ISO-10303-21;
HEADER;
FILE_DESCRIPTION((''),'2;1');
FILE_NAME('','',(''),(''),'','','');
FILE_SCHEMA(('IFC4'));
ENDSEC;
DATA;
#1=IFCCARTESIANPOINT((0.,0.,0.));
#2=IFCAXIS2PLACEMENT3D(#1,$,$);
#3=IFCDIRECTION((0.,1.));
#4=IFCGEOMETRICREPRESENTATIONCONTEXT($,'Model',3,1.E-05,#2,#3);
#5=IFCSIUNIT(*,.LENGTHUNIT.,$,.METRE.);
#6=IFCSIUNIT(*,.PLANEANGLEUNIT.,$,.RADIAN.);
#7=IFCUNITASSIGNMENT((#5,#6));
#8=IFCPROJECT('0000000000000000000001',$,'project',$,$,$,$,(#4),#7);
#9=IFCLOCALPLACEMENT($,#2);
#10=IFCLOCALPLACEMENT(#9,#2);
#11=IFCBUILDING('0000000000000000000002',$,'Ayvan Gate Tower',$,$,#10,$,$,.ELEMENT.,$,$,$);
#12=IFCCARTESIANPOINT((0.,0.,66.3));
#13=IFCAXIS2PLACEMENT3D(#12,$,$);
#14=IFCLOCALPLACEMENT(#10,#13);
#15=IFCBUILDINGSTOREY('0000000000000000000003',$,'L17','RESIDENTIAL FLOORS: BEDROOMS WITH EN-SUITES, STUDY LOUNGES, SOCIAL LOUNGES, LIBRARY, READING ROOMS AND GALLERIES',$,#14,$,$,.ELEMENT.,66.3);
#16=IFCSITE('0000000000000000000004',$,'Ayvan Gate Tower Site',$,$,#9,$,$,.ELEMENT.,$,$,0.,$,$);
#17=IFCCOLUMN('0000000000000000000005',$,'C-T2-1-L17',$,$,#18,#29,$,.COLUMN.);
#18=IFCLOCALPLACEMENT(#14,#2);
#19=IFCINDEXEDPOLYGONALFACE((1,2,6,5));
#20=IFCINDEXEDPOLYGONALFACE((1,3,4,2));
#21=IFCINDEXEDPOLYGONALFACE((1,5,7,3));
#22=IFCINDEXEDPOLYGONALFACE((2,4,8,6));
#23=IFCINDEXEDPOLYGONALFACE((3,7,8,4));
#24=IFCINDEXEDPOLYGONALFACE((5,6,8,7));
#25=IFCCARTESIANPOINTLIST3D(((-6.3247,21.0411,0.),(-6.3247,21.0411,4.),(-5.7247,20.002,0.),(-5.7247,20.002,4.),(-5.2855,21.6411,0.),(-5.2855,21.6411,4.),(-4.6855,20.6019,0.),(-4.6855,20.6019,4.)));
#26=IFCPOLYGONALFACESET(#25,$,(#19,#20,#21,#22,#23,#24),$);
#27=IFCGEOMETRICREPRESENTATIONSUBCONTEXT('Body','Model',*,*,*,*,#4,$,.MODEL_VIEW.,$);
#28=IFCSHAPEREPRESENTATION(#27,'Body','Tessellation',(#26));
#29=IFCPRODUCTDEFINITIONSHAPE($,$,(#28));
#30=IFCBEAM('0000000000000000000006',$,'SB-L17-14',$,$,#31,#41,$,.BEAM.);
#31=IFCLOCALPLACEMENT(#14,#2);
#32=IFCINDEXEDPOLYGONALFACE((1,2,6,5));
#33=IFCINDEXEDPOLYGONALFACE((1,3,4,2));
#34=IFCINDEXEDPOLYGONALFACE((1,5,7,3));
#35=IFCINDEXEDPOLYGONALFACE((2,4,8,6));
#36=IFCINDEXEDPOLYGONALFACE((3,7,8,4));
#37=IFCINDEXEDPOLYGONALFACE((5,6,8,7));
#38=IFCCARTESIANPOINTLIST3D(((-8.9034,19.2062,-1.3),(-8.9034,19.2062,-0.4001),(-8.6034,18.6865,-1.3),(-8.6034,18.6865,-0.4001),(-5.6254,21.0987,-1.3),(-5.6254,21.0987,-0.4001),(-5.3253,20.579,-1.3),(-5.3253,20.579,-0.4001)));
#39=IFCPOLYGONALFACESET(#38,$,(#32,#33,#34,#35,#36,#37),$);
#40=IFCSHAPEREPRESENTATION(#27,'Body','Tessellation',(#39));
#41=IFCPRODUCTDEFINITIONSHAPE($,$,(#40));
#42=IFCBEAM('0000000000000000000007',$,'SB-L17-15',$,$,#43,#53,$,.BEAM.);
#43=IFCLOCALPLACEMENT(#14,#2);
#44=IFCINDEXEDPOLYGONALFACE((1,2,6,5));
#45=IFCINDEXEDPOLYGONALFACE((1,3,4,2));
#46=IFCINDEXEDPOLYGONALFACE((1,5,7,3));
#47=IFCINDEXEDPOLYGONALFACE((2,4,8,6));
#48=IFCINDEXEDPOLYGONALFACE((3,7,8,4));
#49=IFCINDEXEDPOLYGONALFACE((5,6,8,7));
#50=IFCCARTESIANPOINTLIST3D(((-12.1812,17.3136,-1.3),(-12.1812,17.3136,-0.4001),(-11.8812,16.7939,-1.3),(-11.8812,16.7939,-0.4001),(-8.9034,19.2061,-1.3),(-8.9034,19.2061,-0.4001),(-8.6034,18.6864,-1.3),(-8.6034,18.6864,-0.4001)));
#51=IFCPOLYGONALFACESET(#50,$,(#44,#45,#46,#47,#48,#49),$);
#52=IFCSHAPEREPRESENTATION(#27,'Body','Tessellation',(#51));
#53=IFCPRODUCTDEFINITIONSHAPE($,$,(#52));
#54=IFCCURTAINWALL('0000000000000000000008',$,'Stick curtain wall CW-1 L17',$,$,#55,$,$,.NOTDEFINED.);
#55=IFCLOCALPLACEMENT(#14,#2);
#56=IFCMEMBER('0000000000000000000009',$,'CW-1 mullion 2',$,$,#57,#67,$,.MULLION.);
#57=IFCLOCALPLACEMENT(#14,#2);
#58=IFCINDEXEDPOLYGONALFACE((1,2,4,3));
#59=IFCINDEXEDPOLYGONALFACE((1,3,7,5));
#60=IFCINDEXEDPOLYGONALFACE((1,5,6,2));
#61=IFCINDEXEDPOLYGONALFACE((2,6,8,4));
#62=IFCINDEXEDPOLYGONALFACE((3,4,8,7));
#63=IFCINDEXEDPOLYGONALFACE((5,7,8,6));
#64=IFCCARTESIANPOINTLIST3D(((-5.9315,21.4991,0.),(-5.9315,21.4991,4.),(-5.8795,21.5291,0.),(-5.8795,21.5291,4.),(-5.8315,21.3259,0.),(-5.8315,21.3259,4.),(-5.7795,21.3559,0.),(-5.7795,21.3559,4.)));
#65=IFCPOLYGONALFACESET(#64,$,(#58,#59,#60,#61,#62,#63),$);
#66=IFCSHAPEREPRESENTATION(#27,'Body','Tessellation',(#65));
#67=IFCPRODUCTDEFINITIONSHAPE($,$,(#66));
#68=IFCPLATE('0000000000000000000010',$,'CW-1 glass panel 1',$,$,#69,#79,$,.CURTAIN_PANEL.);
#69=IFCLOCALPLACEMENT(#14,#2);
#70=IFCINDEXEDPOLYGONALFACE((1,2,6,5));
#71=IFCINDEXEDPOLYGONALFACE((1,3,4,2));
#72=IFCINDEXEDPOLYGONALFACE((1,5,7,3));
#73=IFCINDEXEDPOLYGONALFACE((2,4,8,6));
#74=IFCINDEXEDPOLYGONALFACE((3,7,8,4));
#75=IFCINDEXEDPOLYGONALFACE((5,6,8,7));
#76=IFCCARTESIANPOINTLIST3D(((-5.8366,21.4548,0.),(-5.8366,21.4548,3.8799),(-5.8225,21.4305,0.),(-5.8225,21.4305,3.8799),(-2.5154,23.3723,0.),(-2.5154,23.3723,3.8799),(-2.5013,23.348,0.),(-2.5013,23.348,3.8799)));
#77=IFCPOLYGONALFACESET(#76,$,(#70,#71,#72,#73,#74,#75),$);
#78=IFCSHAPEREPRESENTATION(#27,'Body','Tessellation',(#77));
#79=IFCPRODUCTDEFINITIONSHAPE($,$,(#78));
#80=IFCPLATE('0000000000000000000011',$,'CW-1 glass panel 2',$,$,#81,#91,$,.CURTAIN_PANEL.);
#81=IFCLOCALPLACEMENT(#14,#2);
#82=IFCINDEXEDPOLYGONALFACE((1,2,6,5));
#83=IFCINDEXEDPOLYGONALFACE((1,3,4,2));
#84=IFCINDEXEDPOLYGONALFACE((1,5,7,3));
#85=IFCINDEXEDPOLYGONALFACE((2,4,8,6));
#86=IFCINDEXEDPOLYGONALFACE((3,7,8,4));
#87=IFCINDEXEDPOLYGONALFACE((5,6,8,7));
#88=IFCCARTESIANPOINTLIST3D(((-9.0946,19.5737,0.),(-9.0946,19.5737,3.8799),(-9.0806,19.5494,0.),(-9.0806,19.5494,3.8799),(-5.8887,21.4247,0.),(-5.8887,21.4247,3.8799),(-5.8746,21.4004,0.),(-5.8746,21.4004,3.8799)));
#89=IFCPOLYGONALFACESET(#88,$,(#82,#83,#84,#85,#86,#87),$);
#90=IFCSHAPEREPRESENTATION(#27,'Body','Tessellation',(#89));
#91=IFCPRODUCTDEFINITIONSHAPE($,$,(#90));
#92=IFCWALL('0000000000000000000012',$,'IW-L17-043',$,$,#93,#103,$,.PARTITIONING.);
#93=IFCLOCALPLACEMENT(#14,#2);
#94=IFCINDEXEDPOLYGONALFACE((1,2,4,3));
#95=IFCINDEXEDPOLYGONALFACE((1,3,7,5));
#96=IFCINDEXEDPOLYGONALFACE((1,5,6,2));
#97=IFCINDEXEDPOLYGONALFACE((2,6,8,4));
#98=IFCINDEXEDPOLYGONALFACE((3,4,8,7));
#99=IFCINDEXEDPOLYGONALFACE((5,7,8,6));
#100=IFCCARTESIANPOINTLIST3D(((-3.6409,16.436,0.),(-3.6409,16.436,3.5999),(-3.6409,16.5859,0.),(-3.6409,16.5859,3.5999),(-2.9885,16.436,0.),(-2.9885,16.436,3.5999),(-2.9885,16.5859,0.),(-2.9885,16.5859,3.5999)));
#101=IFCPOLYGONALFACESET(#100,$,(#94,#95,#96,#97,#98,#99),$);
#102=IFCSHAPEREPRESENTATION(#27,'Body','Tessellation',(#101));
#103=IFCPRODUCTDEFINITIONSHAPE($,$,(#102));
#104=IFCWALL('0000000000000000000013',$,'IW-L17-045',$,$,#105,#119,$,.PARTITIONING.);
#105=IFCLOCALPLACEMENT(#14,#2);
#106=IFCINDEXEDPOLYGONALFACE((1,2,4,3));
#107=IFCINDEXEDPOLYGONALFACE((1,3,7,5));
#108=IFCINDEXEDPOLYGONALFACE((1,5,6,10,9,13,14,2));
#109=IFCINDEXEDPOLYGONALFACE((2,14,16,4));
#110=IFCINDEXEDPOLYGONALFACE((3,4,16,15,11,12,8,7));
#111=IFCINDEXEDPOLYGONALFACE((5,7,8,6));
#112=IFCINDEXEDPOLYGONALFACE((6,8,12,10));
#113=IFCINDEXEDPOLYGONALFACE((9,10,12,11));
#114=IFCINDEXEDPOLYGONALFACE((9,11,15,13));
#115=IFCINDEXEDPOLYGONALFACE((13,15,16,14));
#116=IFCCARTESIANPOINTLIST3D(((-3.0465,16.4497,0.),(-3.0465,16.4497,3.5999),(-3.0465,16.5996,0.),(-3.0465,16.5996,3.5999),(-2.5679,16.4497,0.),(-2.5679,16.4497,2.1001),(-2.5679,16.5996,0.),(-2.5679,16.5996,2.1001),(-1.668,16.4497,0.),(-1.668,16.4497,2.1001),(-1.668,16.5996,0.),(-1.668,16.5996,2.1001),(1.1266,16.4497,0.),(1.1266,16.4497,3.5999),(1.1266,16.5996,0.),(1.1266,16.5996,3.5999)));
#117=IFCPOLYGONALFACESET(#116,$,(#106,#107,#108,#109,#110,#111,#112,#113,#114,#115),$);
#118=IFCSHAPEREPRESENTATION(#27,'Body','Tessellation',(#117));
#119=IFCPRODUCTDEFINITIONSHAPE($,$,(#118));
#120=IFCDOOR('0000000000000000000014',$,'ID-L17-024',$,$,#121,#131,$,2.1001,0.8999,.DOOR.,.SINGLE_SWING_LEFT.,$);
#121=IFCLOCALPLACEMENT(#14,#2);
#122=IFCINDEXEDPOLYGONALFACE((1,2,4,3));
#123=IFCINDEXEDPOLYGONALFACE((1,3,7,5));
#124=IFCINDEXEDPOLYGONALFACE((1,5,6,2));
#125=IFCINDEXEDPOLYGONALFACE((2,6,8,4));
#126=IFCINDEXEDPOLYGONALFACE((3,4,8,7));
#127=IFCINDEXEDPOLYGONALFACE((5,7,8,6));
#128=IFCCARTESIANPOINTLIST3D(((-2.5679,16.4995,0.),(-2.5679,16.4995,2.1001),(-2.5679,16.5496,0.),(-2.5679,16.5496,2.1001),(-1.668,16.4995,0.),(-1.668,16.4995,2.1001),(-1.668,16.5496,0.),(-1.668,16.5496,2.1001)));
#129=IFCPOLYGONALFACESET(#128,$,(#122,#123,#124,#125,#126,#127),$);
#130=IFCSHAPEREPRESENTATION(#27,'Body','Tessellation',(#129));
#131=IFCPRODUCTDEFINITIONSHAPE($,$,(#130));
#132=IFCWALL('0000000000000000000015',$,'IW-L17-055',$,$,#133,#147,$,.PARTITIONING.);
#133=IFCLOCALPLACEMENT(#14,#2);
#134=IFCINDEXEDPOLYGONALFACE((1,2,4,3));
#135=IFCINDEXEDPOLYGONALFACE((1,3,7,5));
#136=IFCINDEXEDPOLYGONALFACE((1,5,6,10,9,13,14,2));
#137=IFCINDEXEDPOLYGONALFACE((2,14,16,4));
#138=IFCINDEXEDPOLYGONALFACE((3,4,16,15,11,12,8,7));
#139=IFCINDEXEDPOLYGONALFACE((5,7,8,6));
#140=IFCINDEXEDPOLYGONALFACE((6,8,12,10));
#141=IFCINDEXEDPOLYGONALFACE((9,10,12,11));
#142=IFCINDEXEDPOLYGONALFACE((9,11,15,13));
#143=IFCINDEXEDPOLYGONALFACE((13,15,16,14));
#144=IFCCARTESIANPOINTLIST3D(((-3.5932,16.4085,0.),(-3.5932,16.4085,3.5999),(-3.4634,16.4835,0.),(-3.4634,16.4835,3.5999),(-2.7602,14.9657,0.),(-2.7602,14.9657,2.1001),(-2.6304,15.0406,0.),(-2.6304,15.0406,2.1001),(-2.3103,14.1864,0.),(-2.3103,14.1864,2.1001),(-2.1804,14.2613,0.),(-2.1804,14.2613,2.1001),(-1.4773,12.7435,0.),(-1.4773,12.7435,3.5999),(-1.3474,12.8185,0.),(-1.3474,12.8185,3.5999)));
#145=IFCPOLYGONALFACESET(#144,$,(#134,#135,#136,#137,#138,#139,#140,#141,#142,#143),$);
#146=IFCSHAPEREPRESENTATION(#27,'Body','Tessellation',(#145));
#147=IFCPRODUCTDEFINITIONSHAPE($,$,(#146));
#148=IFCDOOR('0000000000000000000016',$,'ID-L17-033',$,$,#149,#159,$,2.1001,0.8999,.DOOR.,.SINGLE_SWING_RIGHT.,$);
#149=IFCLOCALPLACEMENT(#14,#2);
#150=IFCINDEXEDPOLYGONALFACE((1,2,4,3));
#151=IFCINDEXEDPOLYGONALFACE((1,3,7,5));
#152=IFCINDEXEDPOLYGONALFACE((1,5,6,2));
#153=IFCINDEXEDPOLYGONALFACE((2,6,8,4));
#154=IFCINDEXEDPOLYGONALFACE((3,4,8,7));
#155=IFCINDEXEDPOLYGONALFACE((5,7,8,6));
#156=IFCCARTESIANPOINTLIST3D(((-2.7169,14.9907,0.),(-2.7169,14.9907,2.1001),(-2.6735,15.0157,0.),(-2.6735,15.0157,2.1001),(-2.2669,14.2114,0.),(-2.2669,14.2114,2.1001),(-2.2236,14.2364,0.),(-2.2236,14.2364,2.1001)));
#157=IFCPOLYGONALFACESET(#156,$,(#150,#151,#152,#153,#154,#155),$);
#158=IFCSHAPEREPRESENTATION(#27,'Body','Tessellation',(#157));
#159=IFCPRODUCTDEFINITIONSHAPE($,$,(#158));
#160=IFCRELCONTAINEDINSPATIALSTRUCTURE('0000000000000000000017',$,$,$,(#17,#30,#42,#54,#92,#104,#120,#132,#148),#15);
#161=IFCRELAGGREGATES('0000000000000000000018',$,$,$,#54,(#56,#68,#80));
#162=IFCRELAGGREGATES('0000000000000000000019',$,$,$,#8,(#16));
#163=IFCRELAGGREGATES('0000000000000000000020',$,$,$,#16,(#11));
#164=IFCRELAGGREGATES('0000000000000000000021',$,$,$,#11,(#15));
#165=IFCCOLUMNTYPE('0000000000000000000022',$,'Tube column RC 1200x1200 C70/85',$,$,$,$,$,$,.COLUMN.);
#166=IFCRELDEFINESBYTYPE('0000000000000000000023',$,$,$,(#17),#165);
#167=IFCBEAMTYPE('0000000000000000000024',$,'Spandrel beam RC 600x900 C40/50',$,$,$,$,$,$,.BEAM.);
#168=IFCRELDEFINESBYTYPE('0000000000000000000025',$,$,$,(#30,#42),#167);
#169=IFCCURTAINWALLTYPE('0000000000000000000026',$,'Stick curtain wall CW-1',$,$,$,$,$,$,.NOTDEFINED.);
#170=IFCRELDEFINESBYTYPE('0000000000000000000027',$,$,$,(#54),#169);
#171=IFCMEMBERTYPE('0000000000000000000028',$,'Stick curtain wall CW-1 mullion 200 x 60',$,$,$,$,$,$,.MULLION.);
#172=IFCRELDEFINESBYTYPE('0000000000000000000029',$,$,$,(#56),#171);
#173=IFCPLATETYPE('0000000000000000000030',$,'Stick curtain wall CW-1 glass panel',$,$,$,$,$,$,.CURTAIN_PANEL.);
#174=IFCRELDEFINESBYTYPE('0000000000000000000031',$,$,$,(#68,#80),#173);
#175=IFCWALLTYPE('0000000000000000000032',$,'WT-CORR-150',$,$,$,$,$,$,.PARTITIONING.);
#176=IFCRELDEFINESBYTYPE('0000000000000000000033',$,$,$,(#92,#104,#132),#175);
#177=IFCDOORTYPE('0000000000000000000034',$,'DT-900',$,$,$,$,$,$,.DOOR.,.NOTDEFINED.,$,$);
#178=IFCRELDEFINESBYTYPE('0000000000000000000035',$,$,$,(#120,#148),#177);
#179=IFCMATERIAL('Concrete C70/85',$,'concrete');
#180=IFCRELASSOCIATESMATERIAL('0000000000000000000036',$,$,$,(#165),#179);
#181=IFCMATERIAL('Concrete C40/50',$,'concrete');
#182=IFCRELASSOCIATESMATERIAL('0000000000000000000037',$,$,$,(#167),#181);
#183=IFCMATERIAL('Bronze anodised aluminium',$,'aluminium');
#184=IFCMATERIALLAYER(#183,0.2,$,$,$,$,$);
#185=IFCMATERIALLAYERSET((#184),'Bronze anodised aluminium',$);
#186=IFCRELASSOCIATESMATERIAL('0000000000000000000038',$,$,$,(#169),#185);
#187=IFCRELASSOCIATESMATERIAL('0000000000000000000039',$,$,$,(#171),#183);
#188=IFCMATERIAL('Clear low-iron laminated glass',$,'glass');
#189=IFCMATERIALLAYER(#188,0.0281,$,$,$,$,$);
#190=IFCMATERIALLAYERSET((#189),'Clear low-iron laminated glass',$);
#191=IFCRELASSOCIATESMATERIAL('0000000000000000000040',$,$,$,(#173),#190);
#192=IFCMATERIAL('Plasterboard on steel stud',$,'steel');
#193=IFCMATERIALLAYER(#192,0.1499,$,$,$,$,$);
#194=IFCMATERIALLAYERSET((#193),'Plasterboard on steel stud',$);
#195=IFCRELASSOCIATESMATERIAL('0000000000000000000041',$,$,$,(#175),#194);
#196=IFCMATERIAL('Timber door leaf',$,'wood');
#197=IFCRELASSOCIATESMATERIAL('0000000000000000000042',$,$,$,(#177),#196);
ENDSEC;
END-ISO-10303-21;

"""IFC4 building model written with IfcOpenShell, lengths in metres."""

from ifc_helpers import new_model, si_unit, direction, frame, frame_2d, origin, origin_2d, place, context, subcontext, project, spatial, rectangle, extrude, material, layer, layer_set, material_profile, profile_set, type_object, element, fill, aggregate, save


model = new_model("IFC4")

# Units and contexts
model_context = context("Model", 3, precision=1e-05, world=origin(), true_north=direction((0.0, 1.0)))
body_context = subcontext(model_context, "Body", "Model", "MODEL_VIEW")
ifc_project = project(units=[si_unit("LENGTHUNIT", "METRE"), si_unit("PLANEANGLEUNIT", "RADIAN")], contexts=[model_context])

# Site, building, storey
site_placement = place(None, origin())
site = spatial("IfcSite", under=ifc_project, at=site_placement, Name="Ayvan Gate Tower Site", CompositionType="ELEMENT", RefElevation=0.0)
building_placement = place(site_placement, origin())
building = spatial("IfcBuilding", under=site, at=building_placement, Name="Ayvan Gate Tower", CompositionType="ELEMENT")
storey_placement = place(building_placement, frame((0.0, 0.0, 66.3)))
storey = spatial("IfcBuildingStorey", under=building, at=storey_placement, Name="L17", Description="RESIDENTIAL FLOORS: BEDROOMS WITH EN-SUITES, STUDY LOUNGES, SOCIAL LOUNGES, LIBRARY, READING ROOMS AND GALLERIES", CompositionType="ELEMENT", Elevation=66.3)

# Column
ifc_material_1 = material(Name="Concrete C70/85", Category="concrete")
ifc_material_profile_1 = material_profile(ifc_material_1, rectangle(XDim=1.2, YDim=1.2, at=origin_2d()), Name="RC 1200x1200")
ifc_profile_set_1 = profile_set([ifc_material_profile_1], Name="Concrete C70/85")
column_type = type_object("IfcColumnType", Name="Tube column RC 1200x1200 C70/85", PredefinedType="COLUMN", material=ifc_profile_set_1)
column_placement = place(storey_placement, frame((-5.5051, 20.8215, 0.0), z_axis=(0.0, 0.0, 1.0), x_axis=(-0.5, 0.866025, 0.0)))
element("IfcColumn", 1, at=column_placement, inside=storey, type_object=column_type, Name="C-T2-1-L17", PredefinedType="COLUMN", context=body_context, shape_type="SweptSolid", body=[
    extrude(rectangle(XDim=1.2, YDim=1.2, at=origin_2d()), origin(), (0.0, 0.0, 1.0), 4.0),
])

# Beams
ifc_material_2 = material(Name="Concrete C40/50", Category="concrete")
ifc_material_profile_2 = material_profile(ifc_material_2, rectangle(XDim=0.6001, YDim=0.8999, at=origin_2d()), Name="RC 600x900")
ifc_profile_set_2 = profile_set([ifc_material_profile_2], Name="Concrete C40/50")
beam_type = type_object("IfcBeamType", Name="Spandrel beam RC 600x900 C40/50", PredefinedType="BEAM", material=ifc_profile_set_2)
beam_1_placement = place(storey_placement, frame((-5.4753, 20.8389, -0.8501), z_axis=(-0.866028, -0.499996, 0.0), x_axis=(0.499996, -0.866028, 0.0)))
element("IfcBeam", 2, at=beam_1_placement, inside=storey, type_object=beam_type, Name="SB-L17-14", PredefinedType="BEAM", context=body_context, shape_type="SweptSolid", body=[
    extrude(rectangle(XDim=0.6001, YDim=0.8999, at=origin_2d()), origin(), (0.0, 0.0, 1.0), 3.7852),
])
beam_2_placement = place(storey_placement, frame((-8.7534, 18.9463, -0.8501), z_axis=(-0.866012, -0.500024, 0.0), x_axis=(0.500024, -0.866012, 0.0)))
element("IfcBeam", 3, at=beam_2_placement, inside=storey, type_object=beam_type, Name="SB-L17-15", PredefinedType="BEAM", context=body_context, shape_type="SweptSolid", body=[
    extrude(rectangle(XDim=0.6001, YDim=0.8999, at=origin_2d()), origin(), (0.0, 0.0, 1.0), 3.7849),
])

# Curtain wall, member, plates
ifc_material_3 = material(Name="Bronze anodised aluminium", Category="aluminium")
ifc_layer_1 = layer(ifc_material_3, 0.2)
ifc_layer_set_1 = layer_set([ifc_layer_1], Name="Bronze anodised aluminium")
curtain_wall_type = type_object("IfcCurtainWallType", Name="Stick curtain wall CW-1", PredefinedType="NOTDEFINED", material=ifc_layer_set_1)
curtain_wall_placement = place(storey_placement, origin())
curtain_wall = element("IfcCurtainWall", 4, at=curtain_wall_placement, inside=storey, type_object=curtain_wall_type, Name="Stick curtain wall CW-1 L17", PredefinedType="NOTDEFINED")
ifc_material_profile_3 = material_profile(ifc_material_3, rectangle(XDim=0.2, YDim=0.0601, at=origin_2d()), Name="Stick curtain wall CW-1 mullion 200 x 60")
ifc_profile_set_3 = profile_set([ifc_material_profile_3], Name="Bronze anodised aluminium")
member_type = type_object("IfcMemberType", Name="Stick curtain wall CW-1 mullion 200 x 60", PredefinedType="MULLION", material=ifc_profile_set_3)
member_placement = place(storey_placement, frame((-5.8555, 21.4275, 0.0), z_axis=(0.0, 0.0, 1.0), x_axis=(-0.5, 0.866025, 0.0)))
member = element("IfcMember", 5, at=member_placement, type_object=member_type, Name="CW-1 mullion 2", PredefinedType="MULLION", context=body_context, shape_type="SweptSolid", body=[
    extrude(rectangle(XDim=0.2, YDim=0.0601, at=origin_2d()), origin(), (0.0, 0.0, 1.0), 4.0),
])
ifc_material_4 = material(Name="Clear low-iron laminated glass", Category="glass")
ifc_layer_2 = layer(ifc_material_4, 0.0281)
ifc_layer_set_2 = layer_set([ifc_layer_2], Name="Clear low-iron laminated glass")
plate_type = type_object("IfcPlateType", Name="Stick curtain wall CW-1 glass panel", PredefinedType="CURTAIN_PANEL", material=ifc_layer_set_2)
plate_1_placement = place(storey_placement, frame((-4.1689, 22.4014, 0.0), z_axis=(0.0, 0.0, 1.0), x_axis=(-0.866025, -0.5, 0.0)))
plate_1 = element("IfcPlate", 6, at=plate_1_placement, type_object=plate_type, Name="CW-1 glass panel 1", PredefinedType="CURTAIN_PANEL", context=body_context, shape_type="SweptSolid", body=[
    extrude(rectangle(XDim=3.835, YDim=0.0281, at=origin_2d()), origin(), (0.0, 0.0, 1.0), 3.8799),
])
plate_2_placement = place(storey_placement, frame((-7.4846, 20.4871, 0.0), z_axis=(0.0, 0.0, 1.0), x_axis=(-0.866025, -0.5, 0.0)))
plate_2 = element("IfcPlate", 7, at=plate_2_placement, type_object=plate_type, Name="CW-1 glass panel 2", PredefinedType="CURTAIN_PANEL", context=body_context, shape_type="SweptSolid", body=[
    extrude(rectangle(XDim=3.7019, YDim=0.0281, at=origin_2d()), origin(), (0.0, 0.0, 1.0), 3.8799),
])
aggregate(curtain_wall, [member, plate_1, plate_2])

# Wall
ifc_material_5 = material(Name="Plasterboard on steel stud", Category="steel")
ifc_layer_3 = layer(ifc_material_5, 0.1499)
ifc_layer_set_3 = layer_set([ifc_layer_3], Name="Plasterboard on steel stud")
wall_type_1 = type_object("IfcWallType", Name="WT-CORR-150", PredefinedType="PARTITIONING", material=ifc_layer_set_3)
wall_1_placement = place(storey_placement, frame((-3.6409, 16.511, 0.0), z_axis=(0.0, 0.0, 1.0), x_axis=(1.0, 0.0, 0.0)))
element("IfcWall", 8, at=wall_1_placement, inside=storey, type_object=wall_type_1, Name="IW-L17-043", PredefinedType="PARTITIONING", context=body_context, shape_type="SweptSolid", body=[
    extrude(rectangle(XDim=0.6523, YDim=0.1499, at=frame_2d((0.3262, 0.0))), origin(), (0.0, 0.0, 1.0), 3.5999),
])

# Walls, openings, doors
wall_2_placement = place(storey_placement, frame((-3.0464, 16.5247, 0.0), z_axis=(0.0, 0.0, 1.0), x_axis=(1.0, 0.0, 0.0)))
wall_2 = element("IfcWall", 9, at=wall_2_placement, inside=storey, type_object=wall_type_1, Name="IW-L17-045", PredefinedType="PARTITIONING", context=body_context, shape_type="SweptSolid", body=[
    extrude(rectangle(XDim=4.1731, YDim=0.1499, at=frame_2d((2.0864, 0.0))), origin(), (0.0, 0.0, 1.0), 3.5999),
])
opening_1_placement = place(wall_2_placement, frame((0.4785, 0.0, 0.0)))
opening_1 = element("IfcOpeningElement", 10, at=opening_1_placement, cuts=wall_2, PredefinedType="OPENING", context=body_context, shape_type="SweptSolid", body=[
    extrude(rectangle(XDim=0.8999, YDim=2.1001, at=frame_2d((0.45, 1.05))), frame((0.0, 0.085, 0.0), z_axis=(0.0, -1.0, 0.0), x_axis=(1.0, 0.0, 0.0)), (0.0, 0.0, 1.0), 0.1699),
])
ifc_material_6 = material(Name="Timber door leaf", Category="wood")
door_type_1 = type_object("IfcDoorType", Name="DT-900", OperationType="NOTDEFINED", PredefinedType="DOOR", material=ifc_material_6)
door_1_placement = place(opening_1_placement, origin())
door_1 = element("IfcDoor", 11, at=door_1_placement, inside=storey, type_object=door_type_1, Name="ID-L17-024", OperationType="SINGLE_SWING_LEFT", OverallHeight=2.1001, OverallWidth=0.8999, PredefinedType="DOOR", context=body_context, shape_type="SweptSolid", body=[
    extrude(rectangle(XDim=0.8999, YDim=2.1001, at=frame_2d((0.45, 1.05))), frame((0.0, 0.0249, 0.0), z_axis=(0.0, -1.0, 0.0), x_axis=(1.0, 0.0, 0.0)), (0.0, 0.0, 1.0), 0.05),
])
fill(opening_1, door_1)
wall_3_placement = place(storey_placement, frame((-1.4124, 12.781, 0.0), z_axis=(0.0, 0.0, 1.0), x_axis=(-0.499992, 0.86603, 0.0)))
wall_3 = element("IfcWall", 12, at=wall_3_placement, inside=storey, type_object=wall_type_1, Name="IW-L17-055", PredefinedType="PARTITIONING", context=body_context, shape_type="SweptSolid", body=[
    extrude(rectangle(XDim=4.2319, YDim=0.1499, at=frame_2d((2.116, 0.0))), origin(), (0.0, 0.0, 1.0), 3.5999),
])
opening_2_placement = place(wall_3_placement, frame((1.666, 0.0, 0.0)))
opening_2 = element("IfcOpeningElement", 13, at=opening_2_placement, cuts=wall_3, PredefinedType="OPENING", context=body_context, shape_type="SweptSolid", body=[
    extrude(rectangle(XDim=0.8999, YDim=2.1001, at=frame_2d((0.45, 1.05))), frame((0.0, 0.085, 0.0), z_axis=(0.0, -1.0, 0.0), x_axis=(1.0, 0.0, 0.0)), (0.0, 0.0, 1.0), 0.1699),
])
door_2_placement = place(opening_2_placement, origin())
door_2 = element("IfcDoor", 14, at=door_2_placement, inside=storey, type_object=door_type_1, Name="ID-L17-033", OperationType="SINGLE_SWING_RIGHT", OverallHeight=2.1001, OverallWidth=0.8999, PredefinedType="DOOR", context=body_context, shape_type="SweptSolid", body=[
    extrude(rectangle(XDim=0.8999, YDim=2.1001, at=frame_2d((0.45, 1.05))), frame((0.0, 0.0249, 0.0), z_axis=(0.0, -1.0, 0.0), x_axis=(1.0, 0.0, 0.0)), (0.0, 0.0, 1.0), 0.05),
])
fill(opening_2, door_2)

save(model, "model.ifc")
